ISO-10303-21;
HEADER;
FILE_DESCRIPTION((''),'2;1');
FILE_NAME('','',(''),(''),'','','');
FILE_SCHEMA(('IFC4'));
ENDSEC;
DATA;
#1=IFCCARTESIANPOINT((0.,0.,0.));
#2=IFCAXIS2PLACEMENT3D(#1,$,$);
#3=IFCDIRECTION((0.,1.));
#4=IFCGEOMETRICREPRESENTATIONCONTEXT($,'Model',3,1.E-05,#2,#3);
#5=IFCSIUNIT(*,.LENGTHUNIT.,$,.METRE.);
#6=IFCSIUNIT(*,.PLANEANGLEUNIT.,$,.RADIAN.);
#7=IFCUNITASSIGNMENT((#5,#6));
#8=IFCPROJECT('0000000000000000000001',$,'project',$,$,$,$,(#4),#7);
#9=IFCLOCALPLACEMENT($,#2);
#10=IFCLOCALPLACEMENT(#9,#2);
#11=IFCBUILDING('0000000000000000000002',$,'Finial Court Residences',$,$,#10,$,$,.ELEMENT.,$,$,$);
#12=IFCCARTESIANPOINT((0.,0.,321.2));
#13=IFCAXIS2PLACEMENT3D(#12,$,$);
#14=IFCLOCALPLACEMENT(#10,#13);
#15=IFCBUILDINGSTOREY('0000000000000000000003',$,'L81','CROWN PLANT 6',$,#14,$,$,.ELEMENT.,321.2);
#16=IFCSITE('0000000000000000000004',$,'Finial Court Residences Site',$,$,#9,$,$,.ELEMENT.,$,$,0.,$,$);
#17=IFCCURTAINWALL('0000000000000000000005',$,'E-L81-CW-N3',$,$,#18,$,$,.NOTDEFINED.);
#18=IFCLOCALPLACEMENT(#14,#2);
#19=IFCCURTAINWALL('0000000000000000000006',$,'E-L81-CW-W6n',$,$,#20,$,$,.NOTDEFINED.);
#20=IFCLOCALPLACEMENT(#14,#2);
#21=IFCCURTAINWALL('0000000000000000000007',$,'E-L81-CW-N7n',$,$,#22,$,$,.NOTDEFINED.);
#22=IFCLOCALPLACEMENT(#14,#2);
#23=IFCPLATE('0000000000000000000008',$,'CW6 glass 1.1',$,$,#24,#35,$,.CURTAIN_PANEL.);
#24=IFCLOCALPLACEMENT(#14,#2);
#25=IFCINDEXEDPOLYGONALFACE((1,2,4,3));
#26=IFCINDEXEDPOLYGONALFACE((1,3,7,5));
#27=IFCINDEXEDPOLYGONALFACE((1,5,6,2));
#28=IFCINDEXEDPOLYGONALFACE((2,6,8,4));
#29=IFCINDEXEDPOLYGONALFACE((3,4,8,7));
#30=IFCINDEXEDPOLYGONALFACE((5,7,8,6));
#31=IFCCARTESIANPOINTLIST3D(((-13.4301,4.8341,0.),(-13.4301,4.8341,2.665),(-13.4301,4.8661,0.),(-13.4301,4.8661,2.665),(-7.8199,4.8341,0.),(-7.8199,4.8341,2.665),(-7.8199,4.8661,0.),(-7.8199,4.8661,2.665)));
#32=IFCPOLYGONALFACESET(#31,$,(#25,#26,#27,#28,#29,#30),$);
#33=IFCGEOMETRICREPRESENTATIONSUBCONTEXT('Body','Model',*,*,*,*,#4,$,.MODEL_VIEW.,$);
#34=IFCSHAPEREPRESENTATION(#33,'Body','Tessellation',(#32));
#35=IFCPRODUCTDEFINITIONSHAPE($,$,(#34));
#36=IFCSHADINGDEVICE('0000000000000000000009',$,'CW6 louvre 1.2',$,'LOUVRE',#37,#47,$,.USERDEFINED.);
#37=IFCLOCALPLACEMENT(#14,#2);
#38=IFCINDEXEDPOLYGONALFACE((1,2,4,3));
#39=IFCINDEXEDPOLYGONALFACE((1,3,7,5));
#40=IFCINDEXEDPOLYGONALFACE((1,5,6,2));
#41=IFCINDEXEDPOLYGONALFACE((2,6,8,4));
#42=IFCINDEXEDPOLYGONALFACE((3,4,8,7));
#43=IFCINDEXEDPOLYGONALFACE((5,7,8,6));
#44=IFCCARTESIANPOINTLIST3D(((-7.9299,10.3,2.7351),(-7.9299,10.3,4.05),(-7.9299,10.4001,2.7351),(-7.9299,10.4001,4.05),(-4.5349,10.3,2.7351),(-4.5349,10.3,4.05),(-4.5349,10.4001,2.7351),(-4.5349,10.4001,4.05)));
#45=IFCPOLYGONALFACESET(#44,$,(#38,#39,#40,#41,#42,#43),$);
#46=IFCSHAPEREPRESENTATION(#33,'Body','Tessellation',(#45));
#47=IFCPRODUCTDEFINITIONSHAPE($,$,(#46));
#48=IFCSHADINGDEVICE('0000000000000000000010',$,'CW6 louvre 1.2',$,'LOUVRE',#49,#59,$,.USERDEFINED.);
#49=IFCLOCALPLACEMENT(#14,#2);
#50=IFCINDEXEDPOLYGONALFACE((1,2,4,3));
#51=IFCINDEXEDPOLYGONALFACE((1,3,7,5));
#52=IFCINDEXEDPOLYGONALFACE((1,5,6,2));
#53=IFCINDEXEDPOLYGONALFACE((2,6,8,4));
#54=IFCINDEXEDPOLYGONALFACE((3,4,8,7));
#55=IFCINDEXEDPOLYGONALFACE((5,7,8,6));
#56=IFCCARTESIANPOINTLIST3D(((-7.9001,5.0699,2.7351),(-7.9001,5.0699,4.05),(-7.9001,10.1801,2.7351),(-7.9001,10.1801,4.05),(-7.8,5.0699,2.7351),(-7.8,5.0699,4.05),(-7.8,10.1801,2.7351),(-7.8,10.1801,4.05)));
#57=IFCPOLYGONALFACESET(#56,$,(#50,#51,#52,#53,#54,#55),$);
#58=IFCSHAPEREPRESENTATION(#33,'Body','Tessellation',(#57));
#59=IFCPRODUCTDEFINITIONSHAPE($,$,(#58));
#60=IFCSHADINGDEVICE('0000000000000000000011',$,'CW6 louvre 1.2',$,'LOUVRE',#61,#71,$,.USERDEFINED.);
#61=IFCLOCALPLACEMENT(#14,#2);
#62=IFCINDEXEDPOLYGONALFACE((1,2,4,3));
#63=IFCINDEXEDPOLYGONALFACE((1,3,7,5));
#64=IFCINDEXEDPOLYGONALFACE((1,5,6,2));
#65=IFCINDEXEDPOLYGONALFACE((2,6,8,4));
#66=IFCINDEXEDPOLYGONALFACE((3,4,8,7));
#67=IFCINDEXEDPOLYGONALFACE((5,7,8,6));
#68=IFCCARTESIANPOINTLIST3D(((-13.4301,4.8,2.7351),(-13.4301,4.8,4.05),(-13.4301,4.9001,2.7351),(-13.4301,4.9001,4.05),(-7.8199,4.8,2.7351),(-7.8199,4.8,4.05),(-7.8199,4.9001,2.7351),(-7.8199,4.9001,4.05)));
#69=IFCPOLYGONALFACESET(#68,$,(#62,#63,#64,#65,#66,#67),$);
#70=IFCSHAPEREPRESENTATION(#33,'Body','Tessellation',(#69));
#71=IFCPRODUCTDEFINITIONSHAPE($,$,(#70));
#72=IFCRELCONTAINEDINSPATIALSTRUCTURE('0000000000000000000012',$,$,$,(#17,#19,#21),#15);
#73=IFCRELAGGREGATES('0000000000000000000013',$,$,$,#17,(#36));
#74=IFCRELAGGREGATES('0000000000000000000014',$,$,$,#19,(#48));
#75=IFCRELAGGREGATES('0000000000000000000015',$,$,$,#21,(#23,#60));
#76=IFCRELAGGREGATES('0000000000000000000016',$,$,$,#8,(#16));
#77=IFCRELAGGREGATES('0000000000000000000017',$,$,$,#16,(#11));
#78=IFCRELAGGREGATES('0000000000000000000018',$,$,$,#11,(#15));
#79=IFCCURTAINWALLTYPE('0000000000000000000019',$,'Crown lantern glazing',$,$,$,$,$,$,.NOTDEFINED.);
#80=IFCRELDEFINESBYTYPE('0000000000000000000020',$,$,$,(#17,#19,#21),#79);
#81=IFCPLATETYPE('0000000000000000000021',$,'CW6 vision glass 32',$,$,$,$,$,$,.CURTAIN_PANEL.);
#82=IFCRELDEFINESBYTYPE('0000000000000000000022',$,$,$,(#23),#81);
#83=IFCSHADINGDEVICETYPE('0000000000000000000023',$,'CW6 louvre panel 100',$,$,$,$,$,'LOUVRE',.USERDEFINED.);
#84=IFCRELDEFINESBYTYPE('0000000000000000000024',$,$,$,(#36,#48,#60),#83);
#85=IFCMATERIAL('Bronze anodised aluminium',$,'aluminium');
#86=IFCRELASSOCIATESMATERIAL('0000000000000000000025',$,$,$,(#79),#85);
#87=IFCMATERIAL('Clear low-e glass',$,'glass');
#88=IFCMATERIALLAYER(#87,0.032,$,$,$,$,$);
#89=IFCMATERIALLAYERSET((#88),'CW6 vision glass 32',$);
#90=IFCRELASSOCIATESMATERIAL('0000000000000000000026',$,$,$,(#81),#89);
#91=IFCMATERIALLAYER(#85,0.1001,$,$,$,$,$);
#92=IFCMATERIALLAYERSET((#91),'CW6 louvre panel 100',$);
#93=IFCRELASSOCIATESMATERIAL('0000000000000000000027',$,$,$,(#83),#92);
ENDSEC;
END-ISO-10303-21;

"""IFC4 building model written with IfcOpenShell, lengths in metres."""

from ifc_helpers import new_model, si_unit, direction, frame, origin, origin_2d, place, context, subcontext, project, spatial, rectangle, extrude, material, layer, layer_set, type_object, element, aggregate, save


model = new_model("IFC4")

# Units and contexts
model_context = context("Model", 3, precision=1e-05, world=origin(), true_north=direction((0.0, 1.0)))
body_context = subcontext(model_context, "Body", "Model", "MODEL_VIEW")
ifc_project = project(units=[si_unit("LENGTHUNIT", "METRE"), si_unit("PLANEANGLEUNIT", "RADIAN")], contexts=[model_context])

# Site, building, storey
site_placement = place(None, origin())
site = spatial("IfcSite", under=ifc_project, at=site_placement, Name="Finial Court Residences Site", CompositionType="ELEMENT", RefElevation=0.0)
building_placement = place(site_placement, origin())
building = spatial("IfcBuilding", under=site, at=building_placement, Name="Finial Court Residences", CompositionType="ELEMENT")
storey_placement = place(building_placement, frame((0.0, 0.0, 321.2)))
storey = spatial("IfcBuildingStorey", under=building, at=storey_placement, Name="L81", Description="CROWN PLANT 6", CompositionType="ELEMENT", Elevation=321.2)

# Curtain wall
ifc_material_1 = material(Name="Bronze anodised aluminium", Category="aluminium")
curtain_wall_type = type_object("IfcCurtainWallType", Name="Crown lantern glazing", PredefinedType="NOTDEFINED", material=ifc_material_1)
curtain_wall_1_placement = place(storey_placement, origin())
curtain_wall_1 = element("IfcCurtainWall", 1, at=curtain_wall_1_placement, inside=storey, type_object=curtain_wall_type, Name="E-L81-CW-N3", PredefinedType="NOTDEFINED")

# Curtain walls
curtain_wall_2_placement = place(storey_placement, origin())
curtain_wall_2 = element("IfcCurtainWall", 2, at=curtain_wall_2_placement, inside=storey, type_object=curtain_wall_type, Name="E-L81-CW-W6n", PredefinedType="NOTDEFINED")
curtain_wall_3_placement = place(storey_placement, origin())
curtain_wall_3 = element("IfcCurtainWall", 3, at=curtain_wall_3_placement, inside=storey, type_object=curtain_wall_type, Name="E-L81-CW-N7n", PredefinedType="NOTDEFINED")

# Plate
ifc_material_2 = material(Name="Clear low-e glass", Category="glass")
ifc_layer_1 = layer(ifc_material_2, 0.032)
ifc_layer_set_1 = layer_set([ifc_layer_1], Name="CW6 vision glass 32")
plate_type = type_object("IfcPlateType", Name="CW6 vision glass 32", PredefinedType="CURTAIN_PANEL", material=ifc_layer_set_1)
plate_1_placement = place(storey_placement, frame((-10.625, 4.8501, 0.0), z_axis=(0.0, 0.0, 1.0), x_axis=(1.0, 0.0, 0.0)))
plate_1 = element("IfcPlate", 4, at=plate_1_placement, type_object=plate_type, Name="CW6 glass 1.1", PredefinedType="CURTAIN_PANEL", context=body_context, shape_type="SweptSolid", body=[
    extrude(rectangle(XDim=5.6101, YDim=0.032, at=origin_2d()), origin(), (0.0, 0.0, 1.0), 2.665),
])

# Shading devices
ifc_layer_2 = layer(ifc_material_1, 0.1001)
ifc_layer_set_2 = layer_set([ifc_layer_2], Name="CW6 louvre panel 100")
shading_device_type = type_object("IfcShadingDeviceType", Name="CW6 louvre panel 100", ElementType="LOUVRE", PredefinedType="USERDEFINED", material=ifc_layer_set_2)
shading_device_1_placement = place(storey_placement, frame((-6.2324, 10.3501, 2.7351), z_axis=(0.0, 0.0, 1.0), x_axis=(1.0, 0.0, 0.0)))
shading_device_1 = element("IfcShadingDevice", 5, at=shading_device_1_placement, type_object=shading_device_type, Name="CW6 louvre 1.2", ObjectType="LOUVRE", PredefinedType="USERDEFINED", context=body_context, shape_type="SweptSolid", body=[
    extrude(rectangle(XDim=3.395, YDim=0.1001, at=origin_2d()), origin(), (0.0, 0.0, 1.0), 1.3149),
])
aggregate(curtain_wall_1, [shading_device_1])
shading_device_2_placement = place(storey_placement, frame((-7.8501, 7.625, 2.7351), z_axis=(0.0, 0.0, 1.0), x_axis=(0.0, 1.0, 0.0)))
shading_device_2 = element("IfcShadingDevice", 6, at=shading_device_2_placement, type_object=shading_device_type, Name="CW6 louvre 1.2", ObjectType="LOUVRE", PredefinedType="USERDEFINED", context=body_context, shape_type="SweptSolid", body=[
    extrude(rectangle(XDim=5.1101, YDim=0.1001, at=origin_2d()), origin(), (0.0, 0.0, 1.0), 1.3149),
])
aggregate(curtain_wall_2, [shading_device_2])
shading_device_3_placement = place(storey_placement, frame((-10.625, 4.8501, 2.7351), z_axis=(0.0, 0.0, 1.0), x_axis=(1.0, 0.0, 0.0)))
shading_device_3 = element("IfcShadingDevice", 7, at=shading_device_3_placement, type_object=shading_device_type, Name="CW6 louvre 1.2", ObjectType="LOUVRE", PredefinedType="USERDEFINED", context=body_context, shape_type="SweptSolid", body=[
    extrude(rectangle(XDim=5.6101, YDim=0.1001, at=origin_2d()), origin(), (0.0, 0.0, 1.0), 1.3149),
])
aggregate(curtain_wall_3, [plate_1, shading_device_3])

save(model, "model.ifc")
